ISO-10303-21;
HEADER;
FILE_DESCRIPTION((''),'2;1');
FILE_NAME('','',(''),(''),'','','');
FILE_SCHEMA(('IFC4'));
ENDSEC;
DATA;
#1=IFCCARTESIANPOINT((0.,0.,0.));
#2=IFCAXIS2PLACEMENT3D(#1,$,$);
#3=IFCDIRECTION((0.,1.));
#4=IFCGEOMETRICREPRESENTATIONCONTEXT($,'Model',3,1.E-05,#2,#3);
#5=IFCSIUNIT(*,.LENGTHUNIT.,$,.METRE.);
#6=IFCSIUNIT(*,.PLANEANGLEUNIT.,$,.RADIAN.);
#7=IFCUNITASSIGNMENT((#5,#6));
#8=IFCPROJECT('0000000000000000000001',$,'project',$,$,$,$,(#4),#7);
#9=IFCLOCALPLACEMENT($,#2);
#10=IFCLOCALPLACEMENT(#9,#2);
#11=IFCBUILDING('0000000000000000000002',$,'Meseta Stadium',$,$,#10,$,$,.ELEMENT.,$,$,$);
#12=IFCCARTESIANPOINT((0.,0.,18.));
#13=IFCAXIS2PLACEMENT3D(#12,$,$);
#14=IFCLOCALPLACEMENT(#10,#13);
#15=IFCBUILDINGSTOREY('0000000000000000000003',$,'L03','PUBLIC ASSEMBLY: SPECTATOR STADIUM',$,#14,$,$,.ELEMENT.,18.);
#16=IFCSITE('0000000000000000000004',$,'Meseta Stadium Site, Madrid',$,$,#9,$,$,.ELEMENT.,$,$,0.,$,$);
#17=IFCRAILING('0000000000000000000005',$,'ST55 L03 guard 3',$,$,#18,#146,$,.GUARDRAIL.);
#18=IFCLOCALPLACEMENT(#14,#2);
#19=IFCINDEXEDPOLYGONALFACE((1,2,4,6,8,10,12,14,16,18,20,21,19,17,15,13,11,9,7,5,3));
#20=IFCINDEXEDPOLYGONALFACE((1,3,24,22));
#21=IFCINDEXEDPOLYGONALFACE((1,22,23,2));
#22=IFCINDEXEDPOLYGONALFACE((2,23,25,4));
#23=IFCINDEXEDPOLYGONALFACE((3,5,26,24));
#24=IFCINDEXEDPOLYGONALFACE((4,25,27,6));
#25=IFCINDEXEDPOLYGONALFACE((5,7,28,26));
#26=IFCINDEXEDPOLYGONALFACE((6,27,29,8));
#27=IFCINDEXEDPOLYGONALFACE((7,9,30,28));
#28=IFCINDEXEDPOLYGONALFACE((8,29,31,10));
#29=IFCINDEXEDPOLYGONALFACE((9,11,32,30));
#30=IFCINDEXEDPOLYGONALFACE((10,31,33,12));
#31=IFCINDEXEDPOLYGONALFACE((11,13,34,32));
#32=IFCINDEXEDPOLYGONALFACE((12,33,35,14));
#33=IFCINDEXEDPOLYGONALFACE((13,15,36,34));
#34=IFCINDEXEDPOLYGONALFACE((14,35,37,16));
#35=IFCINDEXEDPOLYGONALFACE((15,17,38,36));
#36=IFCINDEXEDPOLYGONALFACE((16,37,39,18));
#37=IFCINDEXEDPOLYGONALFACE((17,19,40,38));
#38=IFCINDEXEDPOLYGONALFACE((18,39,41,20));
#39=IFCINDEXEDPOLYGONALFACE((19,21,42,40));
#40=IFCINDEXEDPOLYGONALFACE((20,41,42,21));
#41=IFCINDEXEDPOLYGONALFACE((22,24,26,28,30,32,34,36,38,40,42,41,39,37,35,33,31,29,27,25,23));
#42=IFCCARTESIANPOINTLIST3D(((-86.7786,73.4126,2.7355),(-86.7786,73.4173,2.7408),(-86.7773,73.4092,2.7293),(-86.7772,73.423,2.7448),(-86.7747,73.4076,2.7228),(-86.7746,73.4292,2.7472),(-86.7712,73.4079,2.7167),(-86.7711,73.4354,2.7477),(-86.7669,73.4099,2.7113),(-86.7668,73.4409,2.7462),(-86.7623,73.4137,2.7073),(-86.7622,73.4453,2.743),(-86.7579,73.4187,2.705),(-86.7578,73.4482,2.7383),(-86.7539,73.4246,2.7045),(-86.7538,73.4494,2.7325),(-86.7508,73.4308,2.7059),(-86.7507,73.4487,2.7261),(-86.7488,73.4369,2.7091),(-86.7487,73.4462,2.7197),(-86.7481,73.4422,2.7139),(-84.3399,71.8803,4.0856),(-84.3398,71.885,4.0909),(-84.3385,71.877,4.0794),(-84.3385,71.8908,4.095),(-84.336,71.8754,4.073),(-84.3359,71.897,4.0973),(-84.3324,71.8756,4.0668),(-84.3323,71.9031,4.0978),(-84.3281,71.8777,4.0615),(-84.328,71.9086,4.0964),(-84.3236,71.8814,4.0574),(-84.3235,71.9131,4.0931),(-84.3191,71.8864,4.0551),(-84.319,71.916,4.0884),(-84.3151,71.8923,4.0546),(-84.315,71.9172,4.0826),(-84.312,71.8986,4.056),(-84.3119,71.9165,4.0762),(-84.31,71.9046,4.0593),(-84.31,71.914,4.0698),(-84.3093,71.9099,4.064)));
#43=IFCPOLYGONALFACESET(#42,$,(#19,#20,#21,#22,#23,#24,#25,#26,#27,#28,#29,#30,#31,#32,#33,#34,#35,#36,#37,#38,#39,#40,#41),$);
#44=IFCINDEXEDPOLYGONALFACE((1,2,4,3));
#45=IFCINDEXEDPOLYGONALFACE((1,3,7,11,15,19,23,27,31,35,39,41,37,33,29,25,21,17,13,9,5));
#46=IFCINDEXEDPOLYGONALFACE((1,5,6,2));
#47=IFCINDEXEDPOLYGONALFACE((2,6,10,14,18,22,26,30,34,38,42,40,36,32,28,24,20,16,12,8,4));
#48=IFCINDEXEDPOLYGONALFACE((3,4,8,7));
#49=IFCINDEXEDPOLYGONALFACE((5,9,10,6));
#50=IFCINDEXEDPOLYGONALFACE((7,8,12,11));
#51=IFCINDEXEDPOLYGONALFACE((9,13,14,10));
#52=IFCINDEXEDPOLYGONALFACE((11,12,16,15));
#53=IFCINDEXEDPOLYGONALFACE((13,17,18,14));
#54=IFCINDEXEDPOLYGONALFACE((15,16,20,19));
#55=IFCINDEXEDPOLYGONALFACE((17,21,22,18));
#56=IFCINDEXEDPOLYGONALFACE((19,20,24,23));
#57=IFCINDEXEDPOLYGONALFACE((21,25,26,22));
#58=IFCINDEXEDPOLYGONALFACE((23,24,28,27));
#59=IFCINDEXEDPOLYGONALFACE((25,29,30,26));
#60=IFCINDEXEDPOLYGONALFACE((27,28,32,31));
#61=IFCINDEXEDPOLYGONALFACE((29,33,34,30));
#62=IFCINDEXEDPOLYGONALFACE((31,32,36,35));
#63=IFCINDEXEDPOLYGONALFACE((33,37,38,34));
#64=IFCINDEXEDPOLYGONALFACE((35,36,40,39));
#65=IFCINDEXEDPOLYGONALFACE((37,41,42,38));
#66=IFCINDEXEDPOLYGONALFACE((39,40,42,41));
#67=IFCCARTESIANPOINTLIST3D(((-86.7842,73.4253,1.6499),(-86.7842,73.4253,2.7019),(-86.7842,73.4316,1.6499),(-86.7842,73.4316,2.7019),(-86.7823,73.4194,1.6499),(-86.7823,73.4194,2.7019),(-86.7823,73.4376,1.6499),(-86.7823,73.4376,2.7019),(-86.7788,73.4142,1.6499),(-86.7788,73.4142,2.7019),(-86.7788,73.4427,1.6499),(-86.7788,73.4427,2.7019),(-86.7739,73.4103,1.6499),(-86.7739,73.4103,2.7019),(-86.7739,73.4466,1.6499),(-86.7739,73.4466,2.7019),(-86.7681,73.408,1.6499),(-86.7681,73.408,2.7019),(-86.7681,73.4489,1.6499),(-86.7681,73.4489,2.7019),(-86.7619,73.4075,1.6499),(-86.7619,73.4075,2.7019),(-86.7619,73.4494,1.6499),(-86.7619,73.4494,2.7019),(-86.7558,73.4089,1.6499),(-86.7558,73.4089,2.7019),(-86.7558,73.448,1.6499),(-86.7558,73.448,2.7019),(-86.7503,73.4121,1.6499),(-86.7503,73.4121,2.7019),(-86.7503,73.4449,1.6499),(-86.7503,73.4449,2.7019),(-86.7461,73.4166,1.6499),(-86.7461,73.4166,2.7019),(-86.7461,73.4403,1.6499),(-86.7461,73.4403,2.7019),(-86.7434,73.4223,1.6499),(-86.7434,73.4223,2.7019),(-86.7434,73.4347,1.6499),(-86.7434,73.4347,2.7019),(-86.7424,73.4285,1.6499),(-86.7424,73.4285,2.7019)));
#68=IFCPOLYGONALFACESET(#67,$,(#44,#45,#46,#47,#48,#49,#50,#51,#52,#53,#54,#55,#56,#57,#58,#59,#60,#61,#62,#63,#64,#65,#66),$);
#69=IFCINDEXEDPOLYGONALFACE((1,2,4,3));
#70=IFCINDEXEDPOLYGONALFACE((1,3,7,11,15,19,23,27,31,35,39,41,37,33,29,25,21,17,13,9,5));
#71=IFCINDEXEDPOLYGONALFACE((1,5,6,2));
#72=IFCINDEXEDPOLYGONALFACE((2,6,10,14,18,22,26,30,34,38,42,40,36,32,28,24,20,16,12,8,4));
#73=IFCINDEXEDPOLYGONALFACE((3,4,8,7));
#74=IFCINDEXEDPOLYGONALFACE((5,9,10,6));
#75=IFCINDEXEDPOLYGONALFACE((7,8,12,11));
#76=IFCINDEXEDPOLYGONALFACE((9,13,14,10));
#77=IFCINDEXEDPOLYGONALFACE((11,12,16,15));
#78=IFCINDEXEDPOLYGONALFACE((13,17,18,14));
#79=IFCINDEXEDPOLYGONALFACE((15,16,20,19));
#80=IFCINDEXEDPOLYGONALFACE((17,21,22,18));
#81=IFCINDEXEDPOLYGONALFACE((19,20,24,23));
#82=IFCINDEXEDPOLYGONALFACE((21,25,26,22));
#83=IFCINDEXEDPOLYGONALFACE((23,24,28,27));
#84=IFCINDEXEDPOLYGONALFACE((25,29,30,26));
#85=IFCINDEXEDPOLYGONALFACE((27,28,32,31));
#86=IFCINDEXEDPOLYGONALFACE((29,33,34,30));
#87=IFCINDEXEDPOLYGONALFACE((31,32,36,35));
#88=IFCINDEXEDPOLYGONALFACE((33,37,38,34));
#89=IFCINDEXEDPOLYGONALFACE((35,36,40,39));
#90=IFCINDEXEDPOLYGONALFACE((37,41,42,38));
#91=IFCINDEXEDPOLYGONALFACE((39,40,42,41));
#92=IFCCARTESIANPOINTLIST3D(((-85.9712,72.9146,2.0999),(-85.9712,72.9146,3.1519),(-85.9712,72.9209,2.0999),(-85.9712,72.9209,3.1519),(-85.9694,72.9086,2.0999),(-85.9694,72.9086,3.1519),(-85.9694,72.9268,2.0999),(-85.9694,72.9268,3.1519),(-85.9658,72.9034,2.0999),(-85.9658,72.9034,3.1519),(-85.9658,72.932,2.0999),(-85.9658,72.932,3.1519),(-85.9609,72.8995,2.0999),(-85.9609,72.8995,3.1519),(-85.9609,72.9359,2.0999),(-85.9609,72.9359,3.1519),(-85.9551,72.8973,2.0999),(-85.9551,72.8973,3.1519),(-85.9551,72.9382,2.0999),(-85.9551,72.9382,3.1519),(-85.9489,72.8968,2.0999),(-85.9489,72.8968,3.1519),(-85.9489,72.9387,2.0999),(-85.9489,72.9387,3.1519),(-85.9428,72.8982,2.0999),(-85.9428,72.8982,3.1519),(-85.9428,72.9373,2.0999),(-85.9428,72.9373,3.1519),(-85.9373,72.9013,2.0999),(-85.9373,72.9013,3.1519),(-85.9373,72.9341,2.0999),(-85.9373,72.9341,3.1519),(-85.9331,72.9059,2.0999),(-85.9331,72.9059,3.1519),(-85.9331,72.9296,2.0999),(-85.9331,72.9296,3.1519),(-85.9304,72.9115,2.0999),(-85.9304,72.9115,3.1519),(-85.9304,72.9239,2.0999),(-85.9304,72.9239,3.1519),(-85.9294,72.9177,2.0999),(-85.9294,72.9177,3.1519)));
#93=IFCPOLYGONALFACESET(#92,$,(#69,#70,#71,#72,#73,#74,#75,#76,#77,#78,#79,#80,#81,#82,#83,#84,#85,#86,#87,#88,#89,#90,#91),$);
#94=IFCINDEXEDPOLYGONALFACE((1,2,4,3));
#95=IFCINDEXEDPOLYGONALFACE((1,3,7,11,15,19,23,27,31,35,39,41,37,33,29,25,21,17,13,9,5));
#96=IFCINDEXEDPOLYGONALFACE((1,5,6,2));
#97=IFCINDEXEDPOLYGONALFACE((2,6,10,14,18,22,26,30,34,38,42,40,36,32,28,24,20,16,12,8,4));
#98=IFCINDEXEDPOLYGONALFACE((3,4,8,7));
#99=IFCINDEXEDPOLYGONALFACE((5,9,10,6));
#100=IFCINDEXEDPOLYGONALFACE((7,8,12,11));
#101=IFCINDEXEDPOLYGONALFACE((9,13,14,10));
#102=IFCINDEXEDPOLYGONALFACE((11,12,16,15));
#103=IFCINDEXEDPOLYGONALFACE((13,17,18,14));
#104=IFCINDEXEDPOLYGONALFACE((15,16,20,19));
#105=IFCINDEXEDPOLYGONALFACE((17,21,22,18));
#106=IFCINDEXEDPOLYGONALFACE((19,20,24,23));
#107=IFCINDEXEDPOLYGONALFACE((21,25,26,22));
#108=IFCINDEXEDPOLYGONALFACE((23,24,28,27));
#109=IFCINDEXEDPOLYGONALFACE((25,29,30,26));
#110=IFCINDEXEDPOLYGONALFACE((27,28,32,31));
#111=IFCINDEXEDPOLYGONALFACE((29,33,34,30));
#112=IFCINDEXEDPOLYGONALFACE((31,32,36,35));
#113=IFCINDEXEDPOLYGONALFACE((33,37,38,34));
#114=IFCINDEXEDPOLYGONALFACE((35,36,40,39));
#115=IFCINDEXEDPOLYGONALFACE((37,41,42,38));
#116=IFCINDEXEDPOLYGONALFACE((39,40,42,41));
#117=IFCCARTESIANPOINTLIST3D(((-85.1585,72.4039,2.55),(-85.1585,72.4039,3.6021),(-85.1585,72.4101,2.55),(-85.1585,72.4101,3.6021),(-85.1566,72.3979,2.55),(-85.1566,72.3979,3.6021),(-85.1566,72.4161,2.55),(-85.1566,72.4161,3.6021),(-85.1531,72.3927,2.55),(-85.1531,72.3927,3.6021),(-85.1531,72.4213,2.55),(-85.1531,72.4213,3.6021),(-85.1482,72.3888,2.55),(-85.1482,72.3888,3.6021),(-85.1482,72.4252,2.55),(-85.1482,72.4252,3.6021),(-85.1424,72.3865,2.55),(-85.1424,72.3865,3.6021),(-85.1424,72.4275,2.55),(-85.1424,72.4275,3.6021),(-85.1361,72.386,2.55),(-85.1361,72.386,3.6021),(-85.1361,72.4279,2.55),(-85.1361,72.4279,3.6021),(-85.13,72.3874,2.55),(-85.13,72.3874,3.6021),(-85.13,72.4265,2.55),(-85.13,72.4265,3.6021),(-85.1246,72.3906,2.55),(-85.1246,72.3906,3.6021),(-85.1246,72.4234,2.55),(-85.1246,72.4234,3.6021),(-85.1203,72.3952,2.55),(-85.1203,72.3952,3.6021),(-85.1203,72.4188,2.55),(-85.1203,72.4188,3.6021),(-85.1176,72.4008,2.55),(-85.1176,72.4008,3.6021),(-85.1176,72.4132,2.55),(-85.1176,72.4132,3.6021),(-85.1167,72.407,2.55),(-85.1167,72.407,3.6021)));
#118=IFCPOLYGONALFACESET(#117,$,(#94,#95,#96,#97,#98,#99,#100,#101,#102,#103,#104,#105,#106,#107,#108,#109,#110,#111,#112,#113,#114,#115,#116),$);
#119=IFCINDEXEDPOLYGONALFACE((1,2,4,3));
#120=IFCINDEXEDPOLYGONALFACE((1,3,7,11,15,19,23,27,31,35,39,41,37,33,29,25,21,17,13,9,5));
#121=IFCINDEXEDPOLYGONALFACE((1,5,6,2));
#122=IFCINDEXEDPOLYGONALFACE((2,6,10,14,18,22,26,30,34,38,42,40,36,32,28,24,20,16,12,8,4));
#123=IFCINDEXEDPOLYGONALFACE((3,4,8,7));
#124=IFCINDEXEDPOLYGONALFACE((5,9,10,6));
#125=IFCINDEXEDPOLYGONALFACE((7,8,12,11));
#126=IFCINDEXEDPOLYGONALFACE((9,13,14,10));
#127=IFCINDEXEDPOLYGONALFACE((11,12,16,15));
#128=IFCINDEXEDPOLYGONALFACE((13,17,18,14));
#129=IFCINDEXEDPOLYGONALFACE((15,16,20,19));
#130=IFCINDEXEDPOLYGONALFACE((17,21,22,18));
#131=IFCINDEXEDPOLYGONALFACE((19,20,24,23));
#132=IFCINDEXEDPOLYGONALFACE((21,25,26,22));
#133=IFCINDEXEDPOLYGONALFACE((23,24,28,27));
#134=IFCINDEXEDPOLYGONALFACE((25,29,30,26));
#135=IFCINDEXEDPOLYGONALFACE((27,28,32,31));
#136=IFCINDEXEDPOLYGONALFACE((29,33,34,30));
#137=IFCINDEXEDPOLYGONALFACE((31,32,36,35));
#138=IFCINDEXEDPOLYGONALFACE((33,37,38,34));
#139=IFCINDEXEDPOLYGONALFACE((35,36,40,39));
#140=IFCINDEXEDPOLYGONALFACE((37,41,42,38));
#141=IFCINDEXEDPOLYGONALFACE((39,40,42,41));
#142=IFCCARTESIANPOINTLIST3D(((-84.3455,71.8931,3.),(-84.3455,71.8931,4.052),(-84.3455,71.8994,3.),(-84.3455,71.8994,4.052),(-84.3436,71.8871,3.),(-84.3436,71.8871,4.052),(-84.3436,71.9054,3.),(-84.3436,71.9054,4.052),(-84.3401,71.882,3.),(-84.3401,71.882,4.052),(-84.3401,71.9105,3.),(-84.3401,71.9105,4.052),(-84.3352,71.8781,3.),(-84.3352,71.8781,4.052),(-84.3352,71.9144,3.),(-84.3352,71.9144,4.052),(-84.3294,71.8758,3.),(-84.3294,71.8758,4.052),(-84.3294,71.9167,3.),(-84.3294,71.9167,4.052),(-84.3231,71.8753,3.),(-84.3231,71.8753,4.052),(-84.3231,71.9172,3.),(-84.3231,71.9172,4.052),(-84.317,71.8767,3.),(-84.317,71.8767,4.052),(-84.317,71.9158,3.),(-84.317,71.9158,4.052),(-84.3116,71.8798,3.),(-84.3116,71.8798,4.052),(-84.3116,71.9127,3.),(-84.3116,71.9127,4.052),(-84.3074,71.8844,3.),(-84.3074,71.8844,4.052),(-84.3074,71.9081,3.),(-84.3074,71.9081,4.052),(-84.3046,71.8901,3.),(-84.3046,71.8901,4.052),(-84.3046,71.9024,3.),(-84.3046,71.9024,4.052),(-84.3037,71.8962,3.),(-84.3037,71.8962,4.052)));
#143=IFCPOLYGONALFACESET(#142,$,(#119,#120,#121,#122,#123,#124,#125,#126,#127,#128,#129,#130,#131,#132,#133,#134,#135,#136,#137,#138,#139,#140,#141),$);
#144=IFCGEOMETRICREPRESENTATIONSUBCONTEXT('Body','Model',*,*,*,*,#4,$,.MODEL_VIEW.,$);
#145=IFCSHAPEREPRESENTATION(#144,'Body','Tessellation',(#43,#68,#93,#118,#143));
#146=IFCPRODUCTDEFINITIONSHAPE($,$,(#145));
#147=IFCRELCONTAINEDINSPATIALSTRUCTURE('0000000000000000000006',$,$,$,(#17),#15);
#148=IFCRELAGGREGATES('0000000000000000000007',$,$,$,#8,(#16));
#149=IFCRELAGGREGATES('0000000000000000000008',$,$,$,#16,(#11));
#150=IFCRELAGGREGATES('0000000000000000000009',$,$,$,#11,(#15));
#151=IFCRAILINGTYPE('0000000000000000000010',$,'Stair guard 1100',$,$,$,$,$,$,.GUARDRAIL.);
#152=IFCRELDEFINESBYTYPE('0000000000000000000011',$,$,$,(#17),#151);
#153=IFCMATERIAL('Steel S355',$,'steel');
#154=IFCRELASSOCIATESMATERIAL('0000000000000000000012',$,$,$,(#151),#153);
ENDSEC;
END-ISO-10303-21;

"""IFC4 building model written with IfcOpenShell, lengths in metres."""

from ifc_helpers import new_model, si_unit, direction, frame, origin, origin_2d, place, context, subcontext, project, spatial, circle, extrude, material, type_object, element, save


model = new_model("IFC4")

# Units and contexts
model_context = context("Model", 3, precision=1e-05, world=origin(), true_north=direction((0.0, 1.0)))
body_context = subcontext(model_context, "Body", "Model", "MODEL_VIEW")
ifc_project = project(units=[si_unit("LENGTHUNIT", "METRE"), si_unit("PLANEANGLEUNIT", "RADIAN")], contexts=[model_context])

# Site, building, storey
site_placement = place(None, origin())
site = spatial("IfcSite", under=ifc_project, at=site_placement, Name="Meseta Stadium Site, Madrid", CompositionType="ELEMENT", RefElevation=0.0)
building_placement = place(site_placement, origin())
building = spatial("IfcBuilding", under=site, at=building_placement, Name="Meseta Stadium", CompositionType="ELEMENT")
storey_placement = place(building_placement, frame((0.0, 0.0, 18.0)))
storey = spatial("IfcBuildingStorey", under=building, at=storey_placement, Name="L03", Description="PUBLIC ASSEMBLY: SPECTATOR STADIUM", CompositionType="ELEMENT", Elevation=18.0)

# Railing
ifc_material_1 = material(Name="Steel S355", Category="steel")
railing_type_1 = type_object("IfcRailingType", Name="Stair guard 1100", PredefinedType="GUARDRAIL", material=ifc_material_1)
railing_1_placement = place(storey_placement, frame((-86.7634, 73.4285, 1.6499)))
element("IfcRailing", 1, at=railing_1_placement, inside=storey, type_object=railing_type_1, Name="ST55 L03 guard 3", PredefinedType="GUARDRAIL", context=body_context, shape_type="SweptSolid", body=[
    extrude(circle(Radius=0.0239, at=origin_2d()), frame((0.0, 0.0, 1.0762), z_axis=(0.766687, -0.481703, 0.424445), x_axis=(0.532001, 0.846743, 0.0)), (0.0, 0.0, 1.0), 3.1809),
    extrude(circle(Radius=0.021, at=origin_2d()), origin(), (0.0, 0.0, 1.0), 1.052),
    extrude(circle(Radius=0.021, at=origin_2d()), frame((0.813, -0.5107, 0.45)), (0.0, 0.0, 1.0), 1.052),
    extrude(circle(Radius=0.021, at=origin_2d()), frame((1.6257, -1.0215, 0.9001)), (0.0, 0.0, 1.0), 1.052),
    extrude(circle(Radius=0.021, at=origin_2d()), frame((2.4387, -1.5322, 1.3501)), (0.0, 0.0, 1.0), 1.052),
])

save(model, "model.ifc")
